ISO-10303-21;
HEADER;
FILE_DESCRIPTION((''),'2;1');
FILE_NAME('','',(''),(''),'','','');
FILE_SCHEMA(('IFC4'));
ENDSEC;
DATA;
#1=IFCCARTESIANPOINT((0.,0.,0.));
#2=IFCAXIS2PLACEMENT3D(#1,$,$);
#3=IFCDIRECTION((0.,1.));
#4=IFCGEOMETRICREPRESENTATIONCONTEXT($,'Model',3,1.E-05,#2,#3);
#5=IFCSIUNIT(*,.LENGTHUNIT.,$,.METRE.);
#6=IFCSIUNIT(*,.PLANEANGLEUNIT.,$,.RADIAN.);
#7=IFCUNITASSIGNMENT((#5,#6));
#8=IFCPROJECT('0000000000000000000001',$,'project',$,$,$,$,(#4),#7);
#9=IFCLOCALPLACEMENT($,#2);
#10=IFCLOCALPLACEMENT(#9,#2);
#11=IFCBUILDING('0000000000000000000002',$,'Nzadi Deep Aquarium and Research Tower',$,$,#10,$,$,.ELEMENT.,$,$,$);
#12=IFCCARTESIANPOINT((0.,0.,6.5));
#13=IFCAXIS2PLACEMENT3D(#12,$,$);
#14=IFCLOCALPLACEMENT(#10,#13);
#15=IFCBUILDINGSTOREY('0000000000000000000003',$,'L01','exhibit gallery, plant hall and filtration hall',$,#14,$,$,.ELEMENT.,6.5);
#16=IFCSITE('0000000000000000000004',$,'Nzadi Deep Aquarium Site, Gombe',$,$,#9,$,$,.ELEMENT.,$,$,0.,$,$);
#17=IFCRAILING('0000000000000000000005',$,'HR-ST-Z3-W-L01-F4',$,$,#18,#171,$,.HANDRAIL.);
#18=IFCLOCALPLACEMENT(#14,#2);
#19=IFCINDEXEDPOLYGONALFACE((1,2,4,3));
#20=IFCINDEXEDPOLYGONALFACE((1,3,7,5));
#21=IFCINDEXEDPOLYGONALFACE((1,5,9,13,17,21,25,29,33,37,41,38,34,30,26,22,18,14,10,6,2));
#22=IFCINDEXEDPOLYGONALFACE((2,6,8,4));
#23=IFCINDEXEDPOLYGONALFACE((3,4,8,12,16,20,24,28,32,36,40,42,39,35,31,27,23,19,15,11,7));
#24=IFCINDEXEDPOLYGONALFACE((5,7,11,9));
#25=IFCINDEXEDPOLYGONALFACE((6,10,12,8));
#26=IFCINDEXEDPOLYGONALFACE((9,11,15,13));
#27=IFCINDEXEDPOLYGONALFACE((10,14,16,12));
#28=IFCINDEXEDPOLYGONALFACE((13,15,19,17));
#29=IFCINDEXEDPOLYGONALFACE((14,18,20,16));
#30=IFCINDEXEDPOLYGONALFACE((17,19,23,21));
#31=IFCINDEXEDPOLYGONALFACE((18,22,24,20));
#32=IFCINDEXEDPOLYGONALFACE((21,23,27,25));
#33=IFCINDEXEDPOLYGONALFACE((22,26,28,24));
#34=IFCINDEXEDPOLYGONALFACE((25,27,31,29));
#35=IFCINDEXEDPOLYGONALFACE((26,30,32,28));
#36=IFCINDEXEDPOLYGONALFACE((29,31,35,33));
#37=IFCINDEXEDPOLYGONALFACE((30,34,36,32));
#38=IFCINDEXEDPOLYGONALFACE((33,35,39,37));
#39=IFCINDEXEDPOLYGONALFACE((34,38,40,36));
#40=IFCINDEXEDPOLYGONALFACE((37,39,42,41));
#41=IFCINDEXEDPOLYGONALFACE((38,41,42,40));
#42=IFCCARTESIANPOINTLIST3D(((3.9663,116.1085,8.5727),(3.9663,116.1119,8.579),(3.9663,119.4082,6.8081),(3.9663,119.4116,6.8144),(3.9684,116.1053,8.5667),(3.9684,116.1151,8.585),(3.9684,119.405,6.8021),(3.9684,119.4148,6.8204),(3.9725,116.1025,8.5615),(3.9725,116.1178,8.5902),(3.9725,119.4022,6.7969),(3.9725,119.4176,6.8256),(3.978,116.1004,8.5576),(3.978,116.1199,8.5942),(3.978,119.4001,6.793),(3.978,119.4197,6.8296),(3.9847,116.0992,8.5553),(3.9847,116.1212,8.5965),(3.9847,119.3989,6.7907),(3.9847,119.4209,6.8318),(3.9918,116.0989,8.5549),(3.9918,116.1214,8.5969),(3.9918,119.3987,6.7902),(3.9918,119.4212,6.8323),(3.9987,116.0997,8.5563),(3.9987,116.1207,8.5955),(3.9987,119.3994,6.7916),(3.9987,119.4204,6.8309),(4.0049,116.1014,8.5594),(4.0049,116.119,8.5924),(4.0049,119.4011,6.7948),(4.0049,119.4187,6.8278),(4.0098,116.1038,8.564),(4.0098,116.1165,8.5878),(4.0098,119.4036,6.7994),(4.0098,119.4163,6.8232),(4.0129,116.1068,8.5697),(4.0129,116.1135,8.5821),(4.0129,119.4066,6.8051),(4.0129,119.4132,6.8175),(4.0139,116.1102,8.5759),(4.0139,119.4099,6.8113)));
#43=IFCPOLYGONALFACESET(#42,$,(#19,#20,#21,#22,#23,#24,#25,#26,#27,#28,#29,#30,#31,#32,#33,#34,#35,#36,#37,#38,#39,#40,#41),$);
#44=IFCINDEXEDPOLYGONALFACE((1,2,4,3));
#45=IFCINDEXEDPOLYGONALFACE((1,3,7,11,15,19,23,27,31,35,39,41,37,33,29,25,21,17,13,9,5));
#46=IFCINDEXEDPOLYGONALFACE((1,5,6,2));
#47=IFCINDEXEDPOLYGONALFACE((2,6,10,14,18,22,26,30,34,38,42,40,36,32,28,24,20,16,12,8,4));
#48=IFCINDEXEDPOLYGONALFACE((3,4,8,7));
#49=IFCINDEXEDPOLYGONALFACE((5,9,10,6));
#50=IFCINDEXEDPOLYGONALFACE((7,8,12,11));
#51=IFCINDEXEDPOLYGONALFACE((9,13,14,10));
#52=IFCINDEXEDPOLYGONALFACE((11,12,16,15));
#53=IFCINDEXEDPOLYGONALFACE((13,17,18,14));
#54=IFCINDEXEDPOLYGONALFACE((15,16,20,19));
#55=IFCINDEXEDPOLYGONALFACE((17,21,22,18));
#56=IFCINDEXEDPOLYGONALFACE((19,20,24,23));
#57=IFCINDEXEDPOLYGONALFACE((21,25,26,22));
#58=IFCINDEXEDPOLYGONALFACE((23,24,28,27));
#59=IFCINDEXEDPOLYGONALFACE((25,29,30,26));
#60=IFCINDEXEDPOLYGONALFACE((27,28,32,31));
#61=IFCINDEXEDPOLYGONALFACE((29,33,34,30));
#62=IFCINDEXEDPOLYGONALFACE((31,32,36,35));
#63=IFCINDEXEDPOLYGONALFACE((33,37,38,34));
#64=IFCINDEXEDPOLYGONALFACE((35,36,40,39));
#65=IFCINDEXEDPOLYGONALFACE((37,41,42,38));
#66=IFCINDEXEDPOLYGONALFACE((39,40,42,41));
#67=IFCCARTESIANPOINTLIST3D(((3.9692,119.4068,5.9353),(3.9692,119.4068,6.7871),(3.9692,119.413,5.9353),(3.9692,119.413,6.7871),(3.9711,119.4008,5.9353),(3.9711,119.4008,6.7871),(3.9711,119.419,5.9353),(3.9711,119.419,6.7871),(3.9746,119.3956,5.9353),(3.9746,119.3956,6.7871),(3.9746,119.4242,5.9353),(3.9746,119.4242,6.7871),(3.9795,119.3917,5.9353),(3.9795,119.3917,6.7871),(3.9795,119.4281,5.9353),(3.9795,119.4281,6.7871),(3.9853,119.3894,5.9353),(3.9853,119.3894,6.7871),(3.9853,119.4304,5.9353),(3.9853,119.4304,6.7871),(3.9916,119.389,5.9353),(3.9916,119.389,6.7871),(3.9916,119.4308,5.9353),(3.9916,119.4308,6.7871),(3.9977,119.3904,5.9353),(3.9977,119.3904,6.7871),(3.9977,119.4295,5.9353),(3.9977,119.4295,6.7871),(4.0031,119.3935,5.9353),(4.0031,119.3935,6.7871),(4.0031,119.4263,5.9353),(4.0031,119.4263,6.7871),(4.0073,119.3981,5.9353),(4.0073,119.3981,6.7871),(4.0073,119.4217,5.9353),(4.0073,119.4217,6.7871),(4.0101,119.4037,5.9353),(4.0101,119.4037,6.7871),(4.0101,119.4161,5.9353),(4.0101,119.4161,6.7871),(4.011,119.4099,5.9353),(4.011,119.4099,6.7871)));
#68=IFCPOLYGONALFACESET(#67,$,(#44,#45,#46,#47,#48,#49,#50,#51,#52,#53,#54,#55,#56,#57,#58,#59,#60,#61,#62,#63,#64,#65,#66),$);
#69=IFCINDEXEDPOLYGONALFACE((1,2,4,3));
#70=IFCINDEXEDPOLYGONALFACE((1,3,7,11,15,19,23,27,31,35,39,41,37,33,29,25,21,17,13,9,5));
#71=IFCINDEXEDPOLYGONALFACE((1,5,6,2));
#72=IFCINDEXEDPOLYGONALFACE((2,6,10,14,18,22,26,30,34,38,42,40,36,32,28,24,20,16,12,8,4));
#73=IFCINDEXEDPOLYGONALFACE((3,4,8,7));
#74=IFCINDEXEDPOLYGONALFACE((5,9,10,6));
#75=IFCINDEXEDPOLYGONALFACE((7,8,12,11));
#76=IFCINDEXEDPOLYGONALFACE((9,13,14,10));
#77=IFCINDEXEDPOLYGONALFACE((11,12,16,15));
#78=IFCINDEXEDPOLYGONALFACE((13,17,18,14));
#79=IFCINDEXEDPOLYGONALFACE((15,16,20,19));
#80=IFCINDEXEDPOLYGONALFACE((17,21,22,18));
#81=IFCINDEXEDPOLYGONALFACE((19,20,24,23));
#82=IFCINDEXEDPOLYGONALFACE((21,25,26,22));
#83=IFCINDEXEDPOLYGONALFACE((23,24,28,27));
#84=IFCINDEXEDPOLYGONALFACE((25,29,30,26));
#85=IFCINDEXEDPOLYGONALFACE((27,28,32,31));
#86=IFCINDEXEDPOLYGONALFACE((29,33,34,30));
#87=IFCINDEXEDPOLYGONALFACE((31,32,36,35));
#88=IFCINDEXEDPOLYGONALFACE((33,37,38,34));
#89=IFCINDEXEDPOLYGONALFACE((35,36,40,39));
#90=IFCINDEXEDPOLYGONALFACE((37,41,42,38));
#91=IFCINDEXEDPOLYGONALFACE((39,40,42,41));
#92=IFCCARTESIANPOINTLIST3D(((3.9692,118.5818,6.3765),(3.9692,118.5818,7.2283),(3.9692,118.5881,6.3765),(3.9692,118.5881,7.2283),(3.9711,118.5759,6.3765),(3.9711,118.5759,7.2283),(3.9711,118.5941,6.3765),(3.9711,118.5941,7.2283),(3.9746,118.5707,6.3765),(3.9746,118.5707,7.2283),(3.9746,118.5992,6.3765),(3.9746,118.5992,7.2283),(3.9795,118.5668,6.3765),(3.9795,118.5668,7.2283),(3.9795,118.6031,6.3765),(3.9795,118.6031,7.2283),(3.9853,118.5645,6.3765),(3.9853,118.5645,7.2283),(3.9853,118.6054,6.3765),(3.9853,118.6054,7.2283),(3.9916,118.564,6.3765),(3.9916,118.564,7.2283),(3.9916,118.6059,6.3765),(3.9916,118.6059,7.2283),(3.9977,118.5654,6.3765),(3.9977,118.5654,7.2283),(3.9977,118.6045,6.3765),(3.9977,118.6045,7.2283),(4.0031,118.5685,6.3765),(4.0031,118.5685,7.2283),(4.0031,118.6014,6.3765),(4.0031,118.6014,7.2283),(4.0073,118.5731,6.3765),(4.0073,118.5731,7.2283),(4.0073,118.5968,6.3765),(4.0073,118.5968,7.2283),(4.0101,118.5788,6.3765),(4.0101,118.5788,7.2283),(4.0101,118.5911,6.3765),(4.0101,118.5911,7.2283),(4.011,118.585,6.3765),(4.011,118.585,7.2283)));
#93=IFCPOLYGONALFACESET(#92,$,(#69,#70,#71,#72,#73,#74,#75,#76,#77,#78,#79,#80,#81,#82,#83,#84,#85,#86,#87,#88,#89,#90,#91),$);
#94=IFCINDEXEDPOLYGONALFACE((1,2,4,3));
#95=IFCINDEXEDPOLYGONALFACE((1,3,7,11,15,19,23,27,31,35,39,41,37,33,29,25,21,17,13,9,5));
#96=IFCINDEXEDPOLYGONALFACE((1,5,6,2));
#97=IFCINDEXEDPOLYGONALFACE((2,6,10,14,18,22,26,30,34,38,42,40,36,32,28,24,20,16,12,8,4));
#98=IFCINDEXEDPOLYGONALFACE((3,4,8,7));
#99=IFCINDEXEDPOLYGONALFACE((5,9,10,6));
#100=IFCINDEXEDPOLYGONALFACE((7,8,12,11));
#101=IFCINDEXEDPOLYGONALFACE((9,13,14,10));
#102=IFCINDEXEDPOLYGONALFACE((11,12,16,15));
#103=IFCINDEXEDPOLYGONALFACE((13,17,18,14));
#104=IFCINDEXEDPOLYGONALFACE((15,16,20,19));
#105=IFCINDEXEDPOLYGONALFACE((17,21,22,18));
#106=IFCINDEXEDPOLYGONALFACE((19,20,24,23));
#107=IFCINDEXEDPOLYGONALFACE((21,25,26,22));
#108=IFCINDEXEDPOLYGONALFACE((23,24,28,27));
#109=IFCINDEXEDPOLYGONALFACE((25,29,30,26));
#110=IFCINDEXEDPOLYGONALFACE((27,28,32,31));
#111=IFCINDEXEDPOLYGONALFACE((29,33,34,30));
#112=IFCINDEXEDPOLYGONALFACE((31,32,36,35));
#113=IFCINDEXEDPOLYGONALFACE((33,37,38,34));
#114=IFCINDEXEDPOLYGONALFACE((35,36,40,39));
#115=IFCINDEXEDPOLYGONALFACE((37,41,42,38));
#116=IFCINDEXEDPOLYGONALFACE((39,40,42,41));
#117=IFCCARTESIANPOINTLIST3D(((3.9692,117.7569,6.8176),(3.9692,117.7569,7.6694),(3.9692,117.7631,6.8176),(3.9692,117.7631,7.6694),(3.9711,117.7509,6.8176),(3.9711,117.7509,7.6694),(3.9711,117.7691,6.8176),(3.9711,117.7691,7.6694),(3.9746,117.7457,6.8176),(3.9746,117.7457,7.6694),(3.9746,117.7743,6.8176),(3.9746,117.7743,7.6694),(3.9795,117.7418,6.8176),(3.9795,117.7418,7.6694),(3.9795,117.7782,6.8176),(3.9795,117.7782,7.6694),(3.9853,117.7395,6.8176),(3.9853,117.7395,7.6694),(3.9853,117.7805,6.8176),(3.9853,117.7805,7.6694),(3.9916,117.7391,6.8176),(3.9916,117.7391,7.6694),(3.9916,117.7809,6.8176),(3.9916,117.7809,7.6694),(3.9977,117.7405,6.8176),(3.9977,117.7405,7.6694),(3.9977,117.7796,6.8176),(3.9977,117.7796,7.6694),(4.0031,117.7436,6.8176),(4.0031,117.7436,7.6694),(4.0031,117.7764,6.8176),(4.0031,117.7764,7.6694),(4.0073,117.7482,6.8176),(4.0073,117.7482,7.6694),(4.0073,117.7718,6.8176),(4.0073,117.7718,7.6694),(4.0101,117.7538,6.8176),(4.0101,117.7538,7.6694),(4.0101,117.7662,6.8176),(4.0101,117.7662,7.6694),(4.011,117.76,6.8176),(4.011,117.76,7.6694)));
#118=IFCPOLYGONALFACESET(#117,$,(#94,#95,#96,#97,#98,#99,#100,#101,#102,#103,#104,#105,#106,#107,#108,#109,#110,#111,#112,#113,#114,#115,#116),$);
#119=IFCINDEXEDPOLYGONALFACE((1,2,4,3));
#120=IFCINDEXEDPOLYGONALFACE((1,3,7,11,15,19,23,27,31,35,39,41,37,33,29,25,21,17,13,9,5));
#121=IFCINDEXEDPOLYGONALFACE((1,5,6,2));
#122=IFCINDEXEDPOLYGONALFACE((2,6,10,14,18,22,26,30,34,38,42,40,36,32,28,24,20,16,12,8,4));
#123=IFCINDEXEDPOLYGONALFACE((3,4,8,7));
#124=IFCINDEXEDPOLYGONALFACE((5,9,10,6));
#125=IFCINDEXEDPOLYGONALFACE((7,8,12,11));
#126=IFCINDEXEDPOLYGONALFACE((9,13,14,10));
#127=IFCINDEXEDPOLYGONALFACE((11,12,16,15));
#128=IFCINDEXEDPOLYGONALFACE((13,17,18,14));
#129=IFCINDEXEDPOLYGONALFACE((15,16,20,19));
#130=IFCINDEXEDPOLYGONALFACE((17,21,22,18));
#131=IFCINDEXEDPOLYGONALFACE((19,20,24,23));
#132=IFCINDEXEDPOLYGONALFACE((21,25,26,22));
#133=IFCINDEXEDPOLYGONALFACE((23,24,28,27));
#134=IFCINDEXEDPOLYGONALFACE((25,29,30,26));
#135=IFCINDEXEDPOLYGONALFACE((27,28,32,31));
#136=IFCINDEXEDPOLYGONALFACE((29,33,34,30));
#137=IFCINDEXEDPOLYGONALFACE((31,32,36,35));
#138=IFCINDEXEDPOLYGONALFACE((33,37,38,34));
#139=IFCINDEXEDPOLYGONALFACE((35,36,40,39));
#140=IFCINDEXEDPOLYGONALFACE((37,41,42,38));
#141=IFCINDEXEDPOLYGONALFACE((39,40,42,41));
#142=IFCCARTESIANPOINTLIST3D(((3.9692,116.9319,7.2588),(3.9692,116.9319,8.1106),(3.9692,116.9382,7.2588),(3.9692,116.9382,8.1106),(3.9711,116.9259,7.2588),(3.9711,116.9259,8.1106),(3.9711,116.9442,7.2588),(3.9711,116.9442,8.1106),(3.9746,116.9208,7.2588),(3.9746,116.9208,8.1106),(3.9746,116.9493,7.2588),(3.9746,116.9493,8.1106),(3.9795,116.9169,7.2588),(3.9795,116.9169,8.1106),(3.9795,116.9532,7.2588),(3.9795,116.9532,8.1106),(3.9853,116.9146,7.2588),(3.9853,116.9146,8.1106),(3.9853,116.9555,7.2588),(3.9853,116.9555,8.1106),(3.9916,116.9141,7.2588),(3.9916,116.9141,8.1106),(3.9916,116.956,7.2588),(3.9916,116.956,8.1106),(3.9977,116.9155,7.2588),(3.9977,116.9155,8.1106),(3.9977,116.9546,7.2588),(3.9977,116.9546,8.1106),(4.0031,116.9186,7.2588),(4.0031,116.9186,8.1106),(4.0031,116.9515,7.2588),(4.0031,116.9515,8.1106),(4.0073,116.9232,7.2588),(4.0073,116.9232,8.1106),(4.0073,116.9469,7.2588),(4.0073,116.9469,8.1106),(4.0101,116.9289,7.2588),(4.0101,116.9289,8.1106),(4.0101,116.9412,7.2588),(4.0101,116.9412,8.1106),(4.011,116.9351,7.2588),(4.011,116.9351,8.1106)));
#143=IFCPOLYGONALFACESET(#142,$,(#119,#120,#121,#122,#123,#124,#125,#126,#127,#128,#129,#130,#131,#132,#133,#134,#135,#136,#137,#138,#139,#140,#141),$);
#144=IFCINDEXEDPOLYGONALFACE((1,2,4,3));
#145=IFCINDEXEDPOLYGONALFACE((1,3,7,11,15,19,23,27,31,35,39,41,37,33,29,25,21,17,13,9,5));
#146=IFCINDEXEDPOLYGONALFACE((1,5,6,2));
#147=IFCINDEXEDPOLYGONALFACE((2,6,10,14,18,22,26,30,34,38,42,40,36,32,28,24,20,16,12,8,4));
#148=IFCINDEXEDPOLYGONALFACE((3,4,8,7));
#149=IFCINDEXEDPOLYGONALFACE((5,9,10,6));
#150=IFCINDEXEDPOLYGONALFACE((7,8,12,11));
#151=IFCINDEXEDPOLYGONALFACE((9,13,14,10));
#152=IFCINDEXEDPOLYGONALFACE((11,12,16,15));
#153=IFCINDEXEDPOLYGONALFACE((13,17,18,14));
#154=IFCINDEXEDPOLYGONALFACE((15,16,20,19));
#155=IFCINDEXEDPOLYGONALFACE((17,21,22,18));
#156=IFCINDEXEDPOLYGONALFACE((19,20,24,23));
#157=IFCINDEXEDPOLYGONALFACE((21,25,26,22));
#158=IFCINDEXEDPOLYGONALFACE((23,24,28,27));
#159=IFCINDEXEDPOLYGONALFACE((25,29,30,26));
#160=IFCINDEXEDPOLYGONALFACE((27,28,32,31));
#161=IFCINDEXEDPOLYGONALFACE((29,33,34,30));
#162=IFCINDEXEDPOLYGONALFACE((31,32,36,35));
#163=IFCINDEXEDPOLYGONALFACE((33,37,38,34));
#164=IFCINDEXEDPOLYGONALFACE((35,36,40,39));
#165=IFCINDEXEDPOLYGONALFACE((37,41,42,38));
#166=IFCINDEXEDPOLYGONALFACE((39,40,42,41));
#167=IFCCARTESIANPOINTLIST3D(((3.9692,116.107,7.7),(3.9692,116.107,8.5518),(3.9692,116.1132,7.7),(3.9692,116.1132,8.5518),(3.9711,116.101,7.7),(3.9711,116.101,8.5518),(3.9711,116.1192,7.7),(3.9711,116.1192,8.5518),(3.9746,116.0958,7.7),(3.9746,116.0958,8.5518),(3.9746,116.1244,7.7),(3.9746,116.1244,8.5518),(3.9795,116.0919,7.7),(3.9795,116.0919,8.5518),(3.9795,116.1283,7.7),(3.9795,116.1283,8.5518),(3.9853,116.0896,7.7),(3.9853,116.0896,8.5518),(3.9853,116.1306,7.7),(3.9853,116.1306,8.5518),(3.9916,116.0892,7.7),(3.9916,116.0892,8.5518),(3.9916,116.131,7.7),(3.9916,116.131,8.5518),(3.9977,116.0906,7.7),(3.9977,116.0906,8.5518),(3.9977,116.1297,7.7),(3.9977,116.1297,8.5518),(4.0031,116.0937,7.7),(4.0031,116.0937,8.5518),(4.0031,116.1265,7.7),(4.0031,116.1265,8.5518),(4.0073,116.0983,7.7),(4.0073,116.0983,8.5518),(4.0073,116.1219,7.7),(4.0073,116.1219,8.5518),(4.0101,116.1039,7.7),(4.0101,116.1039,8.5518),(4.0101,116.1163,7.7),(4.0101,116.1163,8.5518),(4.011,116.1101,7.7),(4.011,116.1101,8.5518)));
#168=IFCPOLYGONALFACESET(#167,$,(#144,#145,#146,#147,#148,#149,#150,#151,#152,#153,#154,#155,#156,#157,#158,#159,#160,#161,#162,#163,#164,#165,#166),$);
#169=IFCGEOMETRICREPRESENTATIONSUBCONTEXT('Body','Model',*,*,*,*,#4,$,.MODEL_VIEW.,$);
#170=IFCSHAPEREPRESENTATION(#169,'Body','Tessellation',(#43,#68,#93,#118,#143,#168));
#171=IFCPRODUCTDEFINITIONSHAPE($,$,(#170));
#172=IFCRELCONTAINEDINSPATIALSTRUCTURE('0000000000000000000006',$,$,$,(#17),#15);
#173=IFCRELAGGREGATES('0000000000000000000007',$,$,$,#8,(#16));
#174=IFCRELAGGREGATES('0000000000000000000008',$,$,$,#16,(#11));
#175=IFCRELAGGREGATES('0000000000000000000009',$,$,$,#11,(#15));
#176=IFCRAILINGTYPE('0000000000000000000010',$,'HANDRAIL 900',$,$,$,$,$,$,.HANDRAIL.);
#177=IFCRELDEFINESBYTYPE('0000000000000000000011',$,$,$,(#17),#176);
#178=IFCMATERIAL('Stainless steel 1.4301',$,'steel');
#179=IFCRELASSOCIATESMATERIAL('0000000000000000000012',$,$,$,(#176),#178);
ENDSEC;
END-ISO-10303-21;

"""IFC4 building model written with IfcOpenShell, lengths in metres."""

from ifc_helpers import new_model, si_unit, direction, frame, origin, origin_2d, place, context, subcontext, project, spatial, circle, extrude, material, type_object, element, save


model = new_model("IFC4")

# Units and contexts
model_context = context("Model", 3, precision=1e-05, world=origin(), true_north=direction((0.0, 1.0)))
body_context = subcontext(model_context, "Body", "Model", "MODEL_VIEW")
ifc_project = project(units=[si_unit("LENGTHUNIT", "METRE"), si_unit("PLANEANGLEUNIT", "RADIAN")], contexts=[model_context])

# Site, building, storey
site_placement = place(None, origin())
site = spatial("IfcSite", under=ifc_project, at=site_placement, Name="Nzadi Deep Aquarium Site, Gombe", CompositionType="ELEMENT", RefElevation=0.0)
building_placement = place(site_placement, origin())
building = spatial("IfcBuilding", under=site, at=building_placement, Name="Nzadi Deep Aquarium and Research Tower", CompositionType="ELEMENT")
storey_placement = place(building_placement, frame((0.0, 0.0, 6.5)))
storey = spatial("IfcBuildingStorey", under=building, at=storey_placement, Name="L01", Description="exhibit gallery, plant hall and filtration hall", CompositionType="ELEMENT", Elevation=6.5)

# Railing
ifc_material_1 = material(Name="Stainless steel 1.4301", Category="steel")
railing_type = type_object("IfcRailingType", Name="HANDRAIL 900", PredefinedType="HANDRAIL", material=ifc_material_1)
for number, where, name in (
    (1, (3.99, 119.4099, 5.9353), "HR-ST-Z3-W-L01-F4"),
):
    element("IfcRailing", number, at=place(storey_placement, frame(where)), inside=storey, type_object=railing_type, Name=name, PredefinedType="HANDRAIL", context=body_context, shape_type="SweptSolid", body=[
        extrude(circle(Radius=0.0239, at=origin_2d()), frame((0.0, 0.0, 0.876), z_axis=(0.0, -0.881825, 0.471577), x_axis=(1.0, 0.0, 0.0)), (0.0, 0.0, 1.0), 3.7419),
        extrude(circle(Radius=0.021, at=origin_2d()), origin(), (0.0, 0.0, 1.0), 0.8518),
        extrude(circle(Radius=0.021, at=origin_2d()), frame((0.0, -0.825, 0.4412)), (0.0, 0.0, 1.0), 0.8518),
        extrude(circle(Radius=0.021, at=origin_2d()), frame((0.0, -1.6499, 0.8823)), (0.0, 0.0, 1.0), 0.8518),
        extrude(circle(Radius=0.021, at=origin_2d()), frame((0.0, -2.4749, 1.3235)), (0.0, 0.0, 1.0), 0.8518),
        extrude(circle(Radius=0.021, at=origin_2d()), frame((0.0, -3.2998, 1.7646)), (0.0, 0.0, 1.0), 0.8518),
    ])

save(model, "model.ifc")
